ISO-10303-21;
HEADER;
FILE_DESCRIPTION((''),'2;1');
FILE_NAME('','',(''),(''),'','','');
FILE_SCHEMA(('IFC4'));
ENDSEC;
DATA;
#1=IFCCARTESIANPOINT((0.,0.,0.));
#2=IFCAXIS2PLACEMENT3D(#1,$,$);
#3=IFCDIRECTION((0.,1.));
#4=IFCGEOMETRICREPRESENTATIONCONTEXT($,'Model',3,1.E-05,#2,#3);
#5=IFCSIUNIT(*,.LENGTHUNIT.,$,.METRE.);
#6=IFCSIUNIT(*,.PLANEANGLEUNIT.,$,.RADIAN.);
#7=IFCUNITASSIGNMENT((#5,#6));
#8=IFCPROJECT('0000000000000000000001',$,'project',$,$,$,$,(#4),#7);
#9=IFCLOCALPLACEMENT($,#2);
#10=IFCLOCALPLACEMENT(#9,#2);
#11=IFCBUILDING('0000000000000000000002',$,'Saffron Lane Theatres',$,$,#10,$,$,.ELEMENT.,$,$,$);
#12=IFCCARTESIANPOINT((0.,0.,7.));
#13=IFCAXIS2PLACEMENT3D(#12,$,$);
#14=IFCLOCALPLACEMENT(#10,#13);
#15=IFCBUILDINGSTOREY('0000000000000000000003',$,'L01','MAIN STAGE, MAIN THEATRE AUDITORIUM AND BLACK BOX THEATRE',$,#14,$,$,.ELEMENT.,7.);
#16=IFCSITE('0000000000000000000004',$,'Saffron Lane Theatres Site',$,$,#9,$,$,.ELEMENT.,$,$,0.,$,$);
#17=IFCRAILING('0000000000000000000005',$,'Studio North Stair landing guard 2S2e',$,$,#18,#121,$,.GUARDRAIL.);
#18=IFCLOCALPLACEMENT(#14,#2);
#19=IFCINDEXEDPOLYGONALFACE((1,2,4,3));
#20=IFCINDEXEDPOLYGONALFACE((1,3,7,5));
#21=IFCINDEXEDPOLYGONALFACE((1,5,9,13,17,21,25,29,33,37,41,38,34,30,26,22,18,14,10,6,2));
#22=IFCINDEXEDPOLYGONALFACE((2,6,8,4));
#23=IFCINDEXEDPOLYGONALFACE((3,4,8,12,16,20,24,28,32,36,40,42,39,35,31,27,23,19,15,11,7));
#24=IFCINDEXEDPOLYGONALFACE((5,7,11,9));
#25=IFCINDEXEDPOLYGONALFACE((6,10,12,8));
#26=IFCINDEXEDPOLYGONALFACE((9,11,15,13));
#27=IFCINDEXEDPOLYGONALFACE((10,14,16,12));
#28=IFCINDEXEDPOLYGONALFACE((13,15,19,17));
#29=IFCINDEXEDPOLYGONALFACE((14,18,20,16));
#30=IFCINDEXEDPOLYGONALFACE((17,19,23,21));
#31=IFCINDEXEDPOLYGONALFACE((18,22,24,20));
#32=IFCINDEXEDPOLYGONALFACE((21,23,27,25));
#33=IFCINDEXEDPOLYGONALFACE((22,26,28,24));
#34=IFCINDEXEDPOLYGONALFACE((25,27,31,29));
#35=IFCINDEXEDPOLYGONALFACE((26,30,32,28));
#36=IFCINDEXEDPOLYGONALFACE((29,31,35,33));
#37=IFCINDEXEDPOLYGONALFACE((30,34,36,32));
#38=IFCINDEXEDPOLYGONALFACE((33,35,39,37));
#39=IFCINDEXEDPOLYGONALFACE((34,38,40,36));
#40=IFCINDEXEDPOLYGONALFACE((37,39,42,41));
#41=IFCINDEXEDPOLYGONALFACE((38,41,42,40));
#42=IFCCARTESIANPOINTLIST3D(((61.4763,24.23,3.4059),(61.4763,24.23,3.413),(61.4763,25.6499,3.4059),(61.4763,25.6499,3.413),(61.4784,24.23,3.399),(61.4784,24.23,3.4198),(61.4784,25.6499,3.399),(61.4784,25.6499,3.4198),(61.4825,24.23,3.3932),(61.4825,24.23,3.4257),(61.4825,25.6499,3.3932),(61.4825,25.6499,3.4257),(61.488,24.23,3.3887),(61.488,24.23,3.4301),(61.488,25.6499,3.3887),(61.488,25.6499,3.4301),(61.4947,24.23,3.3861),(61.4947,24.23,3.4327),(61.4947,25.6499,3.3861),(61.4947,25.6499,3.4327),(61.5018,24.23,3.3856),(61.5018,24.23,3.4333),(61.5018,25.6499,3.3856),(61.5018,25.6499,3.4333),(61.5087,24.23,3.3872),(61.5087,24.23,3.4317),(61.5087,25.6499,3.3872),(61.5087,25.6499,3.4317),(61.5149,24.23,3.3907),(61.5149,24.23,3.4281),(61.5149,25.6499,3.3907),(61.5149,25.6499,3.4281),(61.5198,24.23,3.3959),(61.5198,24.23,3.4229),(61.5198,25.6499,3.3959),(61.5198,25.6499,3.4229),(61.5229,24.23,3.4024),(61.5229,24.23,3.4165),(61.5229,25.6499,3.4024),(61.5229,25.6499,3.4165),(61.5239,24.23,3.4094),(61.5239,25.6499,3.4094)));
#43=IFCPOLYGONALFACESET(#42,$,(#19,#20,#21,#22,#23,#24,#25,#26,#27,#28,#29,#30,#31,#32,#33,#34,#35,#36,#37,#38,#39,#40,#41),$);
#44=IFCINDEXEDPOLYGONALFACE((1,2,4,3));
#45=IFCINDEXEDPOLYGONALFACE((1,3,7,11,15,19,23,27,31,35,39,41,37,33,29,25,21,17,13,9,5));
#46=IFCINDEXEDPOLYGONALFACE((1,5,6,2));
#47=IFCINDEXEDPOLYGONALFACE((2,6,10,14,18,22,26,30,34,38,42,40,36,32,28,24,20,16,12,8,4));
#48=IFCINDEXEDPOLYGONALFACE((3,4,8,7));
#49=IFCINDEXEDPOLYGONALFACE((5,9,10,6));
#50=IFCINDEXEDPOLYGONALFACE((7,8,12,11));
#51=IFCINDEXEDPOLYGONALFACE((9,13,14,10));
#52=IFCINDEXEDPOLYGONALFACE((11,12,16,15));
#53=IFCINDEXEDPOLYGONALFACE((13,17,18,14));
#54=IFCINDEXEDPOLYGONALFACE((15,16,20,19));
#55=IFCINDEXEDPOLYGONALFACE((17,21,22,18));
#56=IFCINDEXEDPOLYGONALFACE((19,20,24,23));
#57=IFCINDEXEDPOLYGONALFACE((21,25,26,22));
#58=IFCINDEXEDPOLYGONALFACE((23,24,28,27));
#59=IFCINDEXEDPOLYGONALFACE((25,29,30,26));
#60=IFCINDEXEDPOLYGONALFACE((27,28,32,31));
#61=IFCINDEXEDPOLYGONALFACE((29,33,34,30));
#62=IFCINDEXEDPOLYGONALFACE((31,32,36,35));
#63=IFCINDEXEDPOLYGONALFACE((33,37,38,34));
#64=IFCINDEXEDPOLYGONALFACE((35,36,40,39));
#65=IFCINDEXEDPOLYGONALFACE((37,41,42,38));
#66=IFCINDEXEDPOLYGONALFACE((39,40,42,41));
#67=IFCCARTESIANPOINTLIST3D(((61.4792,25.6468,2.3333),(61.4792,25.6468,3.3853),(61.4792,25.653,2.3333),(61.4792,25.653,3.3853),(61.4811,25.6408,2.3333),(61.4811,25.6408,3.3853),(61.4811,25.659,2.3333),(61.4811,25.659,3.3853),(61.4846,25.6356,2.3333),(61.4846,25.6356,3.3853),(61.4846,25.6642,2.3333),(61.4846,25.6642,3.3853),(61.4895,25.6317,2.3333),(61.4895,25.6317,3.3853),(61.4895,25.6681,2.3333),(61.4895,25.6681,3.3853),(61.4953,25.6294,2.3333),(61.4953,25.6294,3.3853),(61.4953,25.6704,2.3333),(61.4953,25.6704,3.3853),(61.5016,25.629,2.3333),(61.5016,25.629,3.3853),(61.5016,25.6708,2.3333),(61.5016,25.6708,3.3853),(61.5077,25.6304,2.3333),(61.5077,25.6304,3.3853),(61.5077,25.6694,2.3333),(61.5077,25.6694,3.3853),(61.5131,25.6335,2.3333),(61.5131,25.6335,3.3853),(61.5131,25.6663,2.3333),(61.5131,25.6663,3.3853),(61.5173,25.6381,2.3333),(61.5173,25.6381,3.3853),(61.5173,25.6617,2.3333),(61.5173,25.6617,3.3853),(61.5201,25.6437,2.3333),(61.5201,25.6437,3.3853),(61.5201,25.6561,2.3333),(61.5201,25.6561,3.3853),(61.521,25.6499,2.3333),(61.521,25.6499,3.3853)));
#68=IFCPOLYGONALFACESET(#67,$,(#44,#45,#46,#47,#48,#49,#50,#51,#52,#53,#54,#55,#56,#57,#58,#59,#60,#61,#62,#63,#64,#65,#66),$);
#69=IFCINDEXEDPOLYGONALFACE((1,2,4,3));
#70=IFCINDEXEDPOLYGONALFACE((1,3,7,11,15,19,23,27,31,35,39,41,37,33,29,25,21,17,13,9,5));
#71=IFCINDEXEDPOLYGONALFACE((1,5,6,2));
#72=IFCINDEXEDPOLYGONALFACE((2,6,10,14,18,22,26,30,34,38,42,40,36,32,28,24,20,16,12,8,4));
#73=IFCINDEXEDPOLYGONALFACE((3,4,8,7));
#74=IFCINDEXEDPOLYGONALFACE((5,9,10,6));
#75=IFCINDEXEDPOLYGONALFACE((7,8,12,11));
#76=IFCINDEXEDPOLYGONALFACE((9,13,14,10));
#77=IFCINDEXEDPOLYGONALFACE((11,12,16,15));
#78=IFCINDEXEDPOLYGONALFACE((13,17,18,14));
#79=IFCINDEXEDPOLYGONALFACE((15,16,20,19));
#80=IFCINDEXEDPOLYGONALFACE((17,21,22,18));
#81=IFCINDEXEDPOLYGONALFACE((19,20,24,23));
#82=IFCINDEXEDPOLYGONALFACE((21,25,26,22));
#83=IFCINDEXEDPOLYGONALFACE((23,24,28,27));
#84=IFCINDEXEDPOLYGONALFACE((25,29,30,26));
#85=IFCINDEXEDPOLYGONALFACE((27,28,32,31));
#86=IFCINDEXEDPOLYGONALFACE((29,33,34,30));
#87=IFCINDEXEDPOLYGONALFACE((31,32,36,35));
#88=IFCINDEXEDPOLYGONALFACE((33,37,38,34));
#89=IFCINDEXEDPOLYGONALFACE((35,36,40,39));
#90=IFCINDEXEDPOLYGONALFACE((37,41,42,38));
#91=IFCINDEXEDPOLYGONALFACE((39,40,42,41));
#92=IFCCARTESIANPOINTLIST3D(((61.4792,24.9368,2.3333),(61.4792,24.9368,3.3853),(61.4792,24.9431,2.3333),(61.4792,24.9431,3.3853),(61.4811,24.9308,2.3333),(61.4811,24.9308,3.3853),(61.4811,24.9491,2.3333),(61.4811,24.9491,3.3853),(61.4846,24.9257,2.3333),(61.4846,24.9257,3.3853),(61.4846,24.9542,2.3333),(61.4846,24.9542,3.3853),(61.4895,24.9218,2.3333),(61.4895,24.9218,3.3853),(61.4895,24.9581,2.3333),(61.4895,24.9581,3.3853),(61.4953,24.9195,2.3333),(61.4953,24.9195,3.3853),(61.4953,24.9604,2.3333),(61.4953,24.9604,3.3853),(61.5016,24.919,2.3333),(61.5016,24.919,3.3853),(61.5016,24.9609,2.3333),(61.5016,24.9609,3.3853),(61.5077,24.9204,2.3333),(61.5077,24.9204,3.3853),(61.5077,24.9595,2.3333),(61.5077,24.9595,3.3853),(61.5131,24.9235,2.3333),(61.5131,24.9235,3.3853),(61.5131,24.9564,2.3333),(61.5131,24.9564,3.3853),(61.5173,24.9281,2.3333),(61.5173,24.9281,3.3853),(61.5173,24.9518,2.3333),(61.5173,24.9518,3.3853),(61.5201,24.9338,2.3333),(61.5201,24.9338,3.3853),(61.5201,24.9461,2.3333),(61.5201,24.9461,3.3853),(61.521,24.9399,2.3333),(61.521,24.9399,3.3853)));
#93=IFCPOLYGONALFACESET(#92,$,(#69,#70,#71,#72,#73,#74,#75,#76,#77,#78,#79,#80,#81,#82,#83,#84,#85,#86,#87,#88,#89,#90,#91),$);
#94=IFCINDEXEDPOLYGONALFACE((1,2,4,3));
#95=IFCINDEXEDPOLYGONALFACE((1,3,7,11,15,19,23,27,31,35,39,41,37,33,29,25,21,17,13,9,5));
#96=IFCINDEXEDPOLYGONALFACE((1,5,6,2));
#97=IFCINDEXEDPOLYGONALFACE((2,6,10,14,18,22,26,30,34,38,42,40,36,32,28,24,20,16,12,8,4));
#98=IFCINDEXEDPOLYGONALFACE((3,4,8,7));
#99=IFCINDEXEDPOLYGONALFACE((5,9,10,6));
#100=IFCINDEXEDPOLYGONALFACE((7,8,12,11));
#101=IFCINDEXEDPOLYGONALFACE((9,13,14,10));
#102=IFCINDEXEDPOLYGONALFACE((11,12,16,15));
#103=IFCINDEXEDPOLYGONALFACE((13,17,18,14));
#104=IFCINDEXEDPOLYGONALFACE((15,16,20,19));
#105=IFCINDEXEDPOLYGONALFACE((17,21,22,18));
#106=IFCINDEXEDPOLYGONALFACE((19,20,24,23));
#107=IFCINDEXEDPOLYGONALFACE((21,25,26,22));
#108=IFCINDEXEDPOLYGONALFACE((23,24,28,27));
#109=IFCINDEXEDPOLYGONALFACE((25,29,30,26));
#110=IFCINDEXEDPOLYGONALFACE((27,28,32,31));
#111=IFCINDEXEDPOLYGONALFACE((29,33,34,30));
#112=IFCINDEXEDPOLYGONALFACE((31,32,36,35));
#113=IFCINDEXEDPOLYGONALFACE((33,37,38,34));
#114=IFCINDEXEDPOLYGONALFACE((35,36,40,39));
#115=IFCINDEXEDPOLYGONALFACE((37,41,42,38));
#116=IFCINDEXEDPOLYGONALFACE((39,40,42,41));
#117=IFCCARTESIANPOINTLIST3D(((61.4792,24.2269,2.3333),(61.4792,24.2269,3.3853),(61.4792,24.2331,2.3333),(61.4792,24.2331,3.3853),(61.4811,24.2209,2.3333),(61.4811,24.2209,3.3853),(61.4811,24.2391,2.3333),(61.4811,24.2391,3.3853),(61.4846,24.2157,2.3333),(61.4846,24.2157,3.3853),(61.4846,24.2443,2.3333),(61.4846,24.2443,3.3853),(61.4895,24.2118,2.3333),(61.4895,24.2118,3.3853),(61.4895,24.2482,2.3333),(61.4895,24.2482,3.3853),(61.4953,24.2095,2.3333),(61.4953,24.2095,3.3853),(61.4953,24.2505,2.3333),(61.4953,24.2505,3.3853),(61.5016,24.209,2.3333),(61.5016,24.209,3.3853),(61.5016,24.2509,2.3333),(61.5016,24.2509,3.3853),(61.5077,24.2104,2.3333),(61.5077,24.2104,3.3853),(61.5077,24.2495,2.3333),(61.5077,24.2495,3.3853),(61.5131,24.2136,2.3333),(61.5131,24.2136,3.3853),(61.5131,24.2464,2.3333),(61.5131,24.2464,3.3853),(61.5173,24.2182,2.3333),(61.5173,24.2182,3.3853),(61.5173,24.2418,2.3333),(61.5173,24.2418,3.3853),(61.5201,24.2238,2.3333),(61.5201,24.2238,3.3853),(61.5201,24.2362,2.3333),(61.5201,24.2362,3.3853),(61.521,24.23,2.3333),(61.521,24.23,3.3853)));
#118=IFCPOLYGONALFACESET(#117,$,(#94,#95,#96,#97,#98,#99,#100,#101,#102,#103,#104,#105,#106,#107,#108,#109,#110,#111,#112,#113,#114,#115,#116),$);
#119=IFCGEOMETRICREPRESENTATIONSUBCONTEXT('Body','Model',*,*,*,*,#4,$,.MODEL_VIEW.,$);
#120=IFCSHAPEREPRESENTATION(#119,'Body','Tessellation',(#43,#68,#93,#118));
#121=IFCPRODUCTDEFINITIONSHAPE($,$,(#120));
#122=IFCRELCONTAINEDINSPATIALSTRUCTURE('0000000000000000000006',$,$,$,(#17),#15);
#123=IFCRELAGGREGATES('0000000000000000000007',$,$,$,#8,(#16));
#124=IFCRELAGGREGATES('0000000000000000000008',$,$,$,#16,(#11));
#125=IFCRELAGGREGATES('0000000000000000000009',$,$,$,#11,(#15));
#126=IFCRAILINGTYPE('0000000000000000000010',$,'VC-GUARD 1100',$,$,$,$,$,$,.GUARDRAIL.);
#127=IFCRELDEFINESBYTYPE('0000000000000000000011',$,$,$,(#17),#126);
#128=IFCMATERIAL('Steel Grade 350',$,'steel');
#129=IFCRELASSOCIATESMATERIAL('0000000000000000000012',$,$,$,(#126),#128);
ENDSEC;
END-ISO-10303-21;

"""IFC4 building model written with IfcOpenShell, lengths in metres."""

from ifc_helpers import new_model, si_unit, direction, frame, origin, origin_2d, place, context, subcontext, project, spatial, circle, extrude, material, type_object, element, save


model = new_model("IFC4")

# Units and contexts
model_context = context("Model", 3, precision=1e-05, world=origin(), true_north=direction((0.0, 1.0)))
body_context = subcontext(model_context, "Body", "Model", "MODEL_VIEW")
ifc_project = project(units=[si_unit("LENGTHUNIT", "METRE"), si_unit("PLANEANGLEUNIT", "RADIAN")], contexts=[model_context])

# Site, building, storey
site_placement = place(None, origin())
site = spatial("IfcSite", under=ifc_project, at=site_placement, Name="Saffron Lane Theatres Site", CompositionType="ELEMENT", RefElevation=0.0)
building_placement = place(site_placement, origin())
building = spatial("IfcBuilding", under=site, at=building_placement, Name="Saffron Lane Theatres", CompositionType="ELEMENT")
storey_placement = place(building_placement, frame((0.0, 0.0, 7.0)))
storey = spatial("IfcBuildingStorey", under=building, at=storey_placement, Name="L01", Description="MAIN STAGE, MAIN THEATRE AUDITORIUM AND BLACK BOX THEATRE", CompositionType="ELEMENT", Elevation=7.0)

# Railing
ifc_material_1 = material(Name="Steel Grade 350", Category="steel")
railing_type_1 = type_object("IfcRailingType", Name="VC-GUARD 1100", PredefinedType="GUARDRAIL", material=ifc_material_1)
railing_1_placement = place(storey_placement, frame((61.5, 25.6499, 2.3333)))
element("IfcRailing", 1, at=railing_1_placement, inside=storey, type_object=railing_type_1, Name="Studio North Stair landing guard 2S2e", PredefinedType="GUARDRAIL", context=body_context, shape_type="SweptSolid", body=[
    extrude(circle(Radius=0.0239, at=origin_2d()), frame((0.0, 0.0, 1.0762), z_axis=(0.0, -1.0, 0.0), x_axis=(1.0, 0.0, 0.0)), (0.0, 0.0, 1.0), 1.4199),
    extrude(circle(Radius=0.021, at=origin_2d()), origin(), (0.0, 0.0, 1.0), 1.052),
    extrude(circle(Radius=0.021, at=origin_2d()), frame((0.0, -0.71, 0.0)), (0.0, 0.0, 1.0), 1.052),
    extrude(circle(Radius=0.021, at=origin_2d()), frame((0.0, -1.4199, 0.0)), (0.0, 0.0, 1.0), 1.052),
])

save(model, "model.ifc")
